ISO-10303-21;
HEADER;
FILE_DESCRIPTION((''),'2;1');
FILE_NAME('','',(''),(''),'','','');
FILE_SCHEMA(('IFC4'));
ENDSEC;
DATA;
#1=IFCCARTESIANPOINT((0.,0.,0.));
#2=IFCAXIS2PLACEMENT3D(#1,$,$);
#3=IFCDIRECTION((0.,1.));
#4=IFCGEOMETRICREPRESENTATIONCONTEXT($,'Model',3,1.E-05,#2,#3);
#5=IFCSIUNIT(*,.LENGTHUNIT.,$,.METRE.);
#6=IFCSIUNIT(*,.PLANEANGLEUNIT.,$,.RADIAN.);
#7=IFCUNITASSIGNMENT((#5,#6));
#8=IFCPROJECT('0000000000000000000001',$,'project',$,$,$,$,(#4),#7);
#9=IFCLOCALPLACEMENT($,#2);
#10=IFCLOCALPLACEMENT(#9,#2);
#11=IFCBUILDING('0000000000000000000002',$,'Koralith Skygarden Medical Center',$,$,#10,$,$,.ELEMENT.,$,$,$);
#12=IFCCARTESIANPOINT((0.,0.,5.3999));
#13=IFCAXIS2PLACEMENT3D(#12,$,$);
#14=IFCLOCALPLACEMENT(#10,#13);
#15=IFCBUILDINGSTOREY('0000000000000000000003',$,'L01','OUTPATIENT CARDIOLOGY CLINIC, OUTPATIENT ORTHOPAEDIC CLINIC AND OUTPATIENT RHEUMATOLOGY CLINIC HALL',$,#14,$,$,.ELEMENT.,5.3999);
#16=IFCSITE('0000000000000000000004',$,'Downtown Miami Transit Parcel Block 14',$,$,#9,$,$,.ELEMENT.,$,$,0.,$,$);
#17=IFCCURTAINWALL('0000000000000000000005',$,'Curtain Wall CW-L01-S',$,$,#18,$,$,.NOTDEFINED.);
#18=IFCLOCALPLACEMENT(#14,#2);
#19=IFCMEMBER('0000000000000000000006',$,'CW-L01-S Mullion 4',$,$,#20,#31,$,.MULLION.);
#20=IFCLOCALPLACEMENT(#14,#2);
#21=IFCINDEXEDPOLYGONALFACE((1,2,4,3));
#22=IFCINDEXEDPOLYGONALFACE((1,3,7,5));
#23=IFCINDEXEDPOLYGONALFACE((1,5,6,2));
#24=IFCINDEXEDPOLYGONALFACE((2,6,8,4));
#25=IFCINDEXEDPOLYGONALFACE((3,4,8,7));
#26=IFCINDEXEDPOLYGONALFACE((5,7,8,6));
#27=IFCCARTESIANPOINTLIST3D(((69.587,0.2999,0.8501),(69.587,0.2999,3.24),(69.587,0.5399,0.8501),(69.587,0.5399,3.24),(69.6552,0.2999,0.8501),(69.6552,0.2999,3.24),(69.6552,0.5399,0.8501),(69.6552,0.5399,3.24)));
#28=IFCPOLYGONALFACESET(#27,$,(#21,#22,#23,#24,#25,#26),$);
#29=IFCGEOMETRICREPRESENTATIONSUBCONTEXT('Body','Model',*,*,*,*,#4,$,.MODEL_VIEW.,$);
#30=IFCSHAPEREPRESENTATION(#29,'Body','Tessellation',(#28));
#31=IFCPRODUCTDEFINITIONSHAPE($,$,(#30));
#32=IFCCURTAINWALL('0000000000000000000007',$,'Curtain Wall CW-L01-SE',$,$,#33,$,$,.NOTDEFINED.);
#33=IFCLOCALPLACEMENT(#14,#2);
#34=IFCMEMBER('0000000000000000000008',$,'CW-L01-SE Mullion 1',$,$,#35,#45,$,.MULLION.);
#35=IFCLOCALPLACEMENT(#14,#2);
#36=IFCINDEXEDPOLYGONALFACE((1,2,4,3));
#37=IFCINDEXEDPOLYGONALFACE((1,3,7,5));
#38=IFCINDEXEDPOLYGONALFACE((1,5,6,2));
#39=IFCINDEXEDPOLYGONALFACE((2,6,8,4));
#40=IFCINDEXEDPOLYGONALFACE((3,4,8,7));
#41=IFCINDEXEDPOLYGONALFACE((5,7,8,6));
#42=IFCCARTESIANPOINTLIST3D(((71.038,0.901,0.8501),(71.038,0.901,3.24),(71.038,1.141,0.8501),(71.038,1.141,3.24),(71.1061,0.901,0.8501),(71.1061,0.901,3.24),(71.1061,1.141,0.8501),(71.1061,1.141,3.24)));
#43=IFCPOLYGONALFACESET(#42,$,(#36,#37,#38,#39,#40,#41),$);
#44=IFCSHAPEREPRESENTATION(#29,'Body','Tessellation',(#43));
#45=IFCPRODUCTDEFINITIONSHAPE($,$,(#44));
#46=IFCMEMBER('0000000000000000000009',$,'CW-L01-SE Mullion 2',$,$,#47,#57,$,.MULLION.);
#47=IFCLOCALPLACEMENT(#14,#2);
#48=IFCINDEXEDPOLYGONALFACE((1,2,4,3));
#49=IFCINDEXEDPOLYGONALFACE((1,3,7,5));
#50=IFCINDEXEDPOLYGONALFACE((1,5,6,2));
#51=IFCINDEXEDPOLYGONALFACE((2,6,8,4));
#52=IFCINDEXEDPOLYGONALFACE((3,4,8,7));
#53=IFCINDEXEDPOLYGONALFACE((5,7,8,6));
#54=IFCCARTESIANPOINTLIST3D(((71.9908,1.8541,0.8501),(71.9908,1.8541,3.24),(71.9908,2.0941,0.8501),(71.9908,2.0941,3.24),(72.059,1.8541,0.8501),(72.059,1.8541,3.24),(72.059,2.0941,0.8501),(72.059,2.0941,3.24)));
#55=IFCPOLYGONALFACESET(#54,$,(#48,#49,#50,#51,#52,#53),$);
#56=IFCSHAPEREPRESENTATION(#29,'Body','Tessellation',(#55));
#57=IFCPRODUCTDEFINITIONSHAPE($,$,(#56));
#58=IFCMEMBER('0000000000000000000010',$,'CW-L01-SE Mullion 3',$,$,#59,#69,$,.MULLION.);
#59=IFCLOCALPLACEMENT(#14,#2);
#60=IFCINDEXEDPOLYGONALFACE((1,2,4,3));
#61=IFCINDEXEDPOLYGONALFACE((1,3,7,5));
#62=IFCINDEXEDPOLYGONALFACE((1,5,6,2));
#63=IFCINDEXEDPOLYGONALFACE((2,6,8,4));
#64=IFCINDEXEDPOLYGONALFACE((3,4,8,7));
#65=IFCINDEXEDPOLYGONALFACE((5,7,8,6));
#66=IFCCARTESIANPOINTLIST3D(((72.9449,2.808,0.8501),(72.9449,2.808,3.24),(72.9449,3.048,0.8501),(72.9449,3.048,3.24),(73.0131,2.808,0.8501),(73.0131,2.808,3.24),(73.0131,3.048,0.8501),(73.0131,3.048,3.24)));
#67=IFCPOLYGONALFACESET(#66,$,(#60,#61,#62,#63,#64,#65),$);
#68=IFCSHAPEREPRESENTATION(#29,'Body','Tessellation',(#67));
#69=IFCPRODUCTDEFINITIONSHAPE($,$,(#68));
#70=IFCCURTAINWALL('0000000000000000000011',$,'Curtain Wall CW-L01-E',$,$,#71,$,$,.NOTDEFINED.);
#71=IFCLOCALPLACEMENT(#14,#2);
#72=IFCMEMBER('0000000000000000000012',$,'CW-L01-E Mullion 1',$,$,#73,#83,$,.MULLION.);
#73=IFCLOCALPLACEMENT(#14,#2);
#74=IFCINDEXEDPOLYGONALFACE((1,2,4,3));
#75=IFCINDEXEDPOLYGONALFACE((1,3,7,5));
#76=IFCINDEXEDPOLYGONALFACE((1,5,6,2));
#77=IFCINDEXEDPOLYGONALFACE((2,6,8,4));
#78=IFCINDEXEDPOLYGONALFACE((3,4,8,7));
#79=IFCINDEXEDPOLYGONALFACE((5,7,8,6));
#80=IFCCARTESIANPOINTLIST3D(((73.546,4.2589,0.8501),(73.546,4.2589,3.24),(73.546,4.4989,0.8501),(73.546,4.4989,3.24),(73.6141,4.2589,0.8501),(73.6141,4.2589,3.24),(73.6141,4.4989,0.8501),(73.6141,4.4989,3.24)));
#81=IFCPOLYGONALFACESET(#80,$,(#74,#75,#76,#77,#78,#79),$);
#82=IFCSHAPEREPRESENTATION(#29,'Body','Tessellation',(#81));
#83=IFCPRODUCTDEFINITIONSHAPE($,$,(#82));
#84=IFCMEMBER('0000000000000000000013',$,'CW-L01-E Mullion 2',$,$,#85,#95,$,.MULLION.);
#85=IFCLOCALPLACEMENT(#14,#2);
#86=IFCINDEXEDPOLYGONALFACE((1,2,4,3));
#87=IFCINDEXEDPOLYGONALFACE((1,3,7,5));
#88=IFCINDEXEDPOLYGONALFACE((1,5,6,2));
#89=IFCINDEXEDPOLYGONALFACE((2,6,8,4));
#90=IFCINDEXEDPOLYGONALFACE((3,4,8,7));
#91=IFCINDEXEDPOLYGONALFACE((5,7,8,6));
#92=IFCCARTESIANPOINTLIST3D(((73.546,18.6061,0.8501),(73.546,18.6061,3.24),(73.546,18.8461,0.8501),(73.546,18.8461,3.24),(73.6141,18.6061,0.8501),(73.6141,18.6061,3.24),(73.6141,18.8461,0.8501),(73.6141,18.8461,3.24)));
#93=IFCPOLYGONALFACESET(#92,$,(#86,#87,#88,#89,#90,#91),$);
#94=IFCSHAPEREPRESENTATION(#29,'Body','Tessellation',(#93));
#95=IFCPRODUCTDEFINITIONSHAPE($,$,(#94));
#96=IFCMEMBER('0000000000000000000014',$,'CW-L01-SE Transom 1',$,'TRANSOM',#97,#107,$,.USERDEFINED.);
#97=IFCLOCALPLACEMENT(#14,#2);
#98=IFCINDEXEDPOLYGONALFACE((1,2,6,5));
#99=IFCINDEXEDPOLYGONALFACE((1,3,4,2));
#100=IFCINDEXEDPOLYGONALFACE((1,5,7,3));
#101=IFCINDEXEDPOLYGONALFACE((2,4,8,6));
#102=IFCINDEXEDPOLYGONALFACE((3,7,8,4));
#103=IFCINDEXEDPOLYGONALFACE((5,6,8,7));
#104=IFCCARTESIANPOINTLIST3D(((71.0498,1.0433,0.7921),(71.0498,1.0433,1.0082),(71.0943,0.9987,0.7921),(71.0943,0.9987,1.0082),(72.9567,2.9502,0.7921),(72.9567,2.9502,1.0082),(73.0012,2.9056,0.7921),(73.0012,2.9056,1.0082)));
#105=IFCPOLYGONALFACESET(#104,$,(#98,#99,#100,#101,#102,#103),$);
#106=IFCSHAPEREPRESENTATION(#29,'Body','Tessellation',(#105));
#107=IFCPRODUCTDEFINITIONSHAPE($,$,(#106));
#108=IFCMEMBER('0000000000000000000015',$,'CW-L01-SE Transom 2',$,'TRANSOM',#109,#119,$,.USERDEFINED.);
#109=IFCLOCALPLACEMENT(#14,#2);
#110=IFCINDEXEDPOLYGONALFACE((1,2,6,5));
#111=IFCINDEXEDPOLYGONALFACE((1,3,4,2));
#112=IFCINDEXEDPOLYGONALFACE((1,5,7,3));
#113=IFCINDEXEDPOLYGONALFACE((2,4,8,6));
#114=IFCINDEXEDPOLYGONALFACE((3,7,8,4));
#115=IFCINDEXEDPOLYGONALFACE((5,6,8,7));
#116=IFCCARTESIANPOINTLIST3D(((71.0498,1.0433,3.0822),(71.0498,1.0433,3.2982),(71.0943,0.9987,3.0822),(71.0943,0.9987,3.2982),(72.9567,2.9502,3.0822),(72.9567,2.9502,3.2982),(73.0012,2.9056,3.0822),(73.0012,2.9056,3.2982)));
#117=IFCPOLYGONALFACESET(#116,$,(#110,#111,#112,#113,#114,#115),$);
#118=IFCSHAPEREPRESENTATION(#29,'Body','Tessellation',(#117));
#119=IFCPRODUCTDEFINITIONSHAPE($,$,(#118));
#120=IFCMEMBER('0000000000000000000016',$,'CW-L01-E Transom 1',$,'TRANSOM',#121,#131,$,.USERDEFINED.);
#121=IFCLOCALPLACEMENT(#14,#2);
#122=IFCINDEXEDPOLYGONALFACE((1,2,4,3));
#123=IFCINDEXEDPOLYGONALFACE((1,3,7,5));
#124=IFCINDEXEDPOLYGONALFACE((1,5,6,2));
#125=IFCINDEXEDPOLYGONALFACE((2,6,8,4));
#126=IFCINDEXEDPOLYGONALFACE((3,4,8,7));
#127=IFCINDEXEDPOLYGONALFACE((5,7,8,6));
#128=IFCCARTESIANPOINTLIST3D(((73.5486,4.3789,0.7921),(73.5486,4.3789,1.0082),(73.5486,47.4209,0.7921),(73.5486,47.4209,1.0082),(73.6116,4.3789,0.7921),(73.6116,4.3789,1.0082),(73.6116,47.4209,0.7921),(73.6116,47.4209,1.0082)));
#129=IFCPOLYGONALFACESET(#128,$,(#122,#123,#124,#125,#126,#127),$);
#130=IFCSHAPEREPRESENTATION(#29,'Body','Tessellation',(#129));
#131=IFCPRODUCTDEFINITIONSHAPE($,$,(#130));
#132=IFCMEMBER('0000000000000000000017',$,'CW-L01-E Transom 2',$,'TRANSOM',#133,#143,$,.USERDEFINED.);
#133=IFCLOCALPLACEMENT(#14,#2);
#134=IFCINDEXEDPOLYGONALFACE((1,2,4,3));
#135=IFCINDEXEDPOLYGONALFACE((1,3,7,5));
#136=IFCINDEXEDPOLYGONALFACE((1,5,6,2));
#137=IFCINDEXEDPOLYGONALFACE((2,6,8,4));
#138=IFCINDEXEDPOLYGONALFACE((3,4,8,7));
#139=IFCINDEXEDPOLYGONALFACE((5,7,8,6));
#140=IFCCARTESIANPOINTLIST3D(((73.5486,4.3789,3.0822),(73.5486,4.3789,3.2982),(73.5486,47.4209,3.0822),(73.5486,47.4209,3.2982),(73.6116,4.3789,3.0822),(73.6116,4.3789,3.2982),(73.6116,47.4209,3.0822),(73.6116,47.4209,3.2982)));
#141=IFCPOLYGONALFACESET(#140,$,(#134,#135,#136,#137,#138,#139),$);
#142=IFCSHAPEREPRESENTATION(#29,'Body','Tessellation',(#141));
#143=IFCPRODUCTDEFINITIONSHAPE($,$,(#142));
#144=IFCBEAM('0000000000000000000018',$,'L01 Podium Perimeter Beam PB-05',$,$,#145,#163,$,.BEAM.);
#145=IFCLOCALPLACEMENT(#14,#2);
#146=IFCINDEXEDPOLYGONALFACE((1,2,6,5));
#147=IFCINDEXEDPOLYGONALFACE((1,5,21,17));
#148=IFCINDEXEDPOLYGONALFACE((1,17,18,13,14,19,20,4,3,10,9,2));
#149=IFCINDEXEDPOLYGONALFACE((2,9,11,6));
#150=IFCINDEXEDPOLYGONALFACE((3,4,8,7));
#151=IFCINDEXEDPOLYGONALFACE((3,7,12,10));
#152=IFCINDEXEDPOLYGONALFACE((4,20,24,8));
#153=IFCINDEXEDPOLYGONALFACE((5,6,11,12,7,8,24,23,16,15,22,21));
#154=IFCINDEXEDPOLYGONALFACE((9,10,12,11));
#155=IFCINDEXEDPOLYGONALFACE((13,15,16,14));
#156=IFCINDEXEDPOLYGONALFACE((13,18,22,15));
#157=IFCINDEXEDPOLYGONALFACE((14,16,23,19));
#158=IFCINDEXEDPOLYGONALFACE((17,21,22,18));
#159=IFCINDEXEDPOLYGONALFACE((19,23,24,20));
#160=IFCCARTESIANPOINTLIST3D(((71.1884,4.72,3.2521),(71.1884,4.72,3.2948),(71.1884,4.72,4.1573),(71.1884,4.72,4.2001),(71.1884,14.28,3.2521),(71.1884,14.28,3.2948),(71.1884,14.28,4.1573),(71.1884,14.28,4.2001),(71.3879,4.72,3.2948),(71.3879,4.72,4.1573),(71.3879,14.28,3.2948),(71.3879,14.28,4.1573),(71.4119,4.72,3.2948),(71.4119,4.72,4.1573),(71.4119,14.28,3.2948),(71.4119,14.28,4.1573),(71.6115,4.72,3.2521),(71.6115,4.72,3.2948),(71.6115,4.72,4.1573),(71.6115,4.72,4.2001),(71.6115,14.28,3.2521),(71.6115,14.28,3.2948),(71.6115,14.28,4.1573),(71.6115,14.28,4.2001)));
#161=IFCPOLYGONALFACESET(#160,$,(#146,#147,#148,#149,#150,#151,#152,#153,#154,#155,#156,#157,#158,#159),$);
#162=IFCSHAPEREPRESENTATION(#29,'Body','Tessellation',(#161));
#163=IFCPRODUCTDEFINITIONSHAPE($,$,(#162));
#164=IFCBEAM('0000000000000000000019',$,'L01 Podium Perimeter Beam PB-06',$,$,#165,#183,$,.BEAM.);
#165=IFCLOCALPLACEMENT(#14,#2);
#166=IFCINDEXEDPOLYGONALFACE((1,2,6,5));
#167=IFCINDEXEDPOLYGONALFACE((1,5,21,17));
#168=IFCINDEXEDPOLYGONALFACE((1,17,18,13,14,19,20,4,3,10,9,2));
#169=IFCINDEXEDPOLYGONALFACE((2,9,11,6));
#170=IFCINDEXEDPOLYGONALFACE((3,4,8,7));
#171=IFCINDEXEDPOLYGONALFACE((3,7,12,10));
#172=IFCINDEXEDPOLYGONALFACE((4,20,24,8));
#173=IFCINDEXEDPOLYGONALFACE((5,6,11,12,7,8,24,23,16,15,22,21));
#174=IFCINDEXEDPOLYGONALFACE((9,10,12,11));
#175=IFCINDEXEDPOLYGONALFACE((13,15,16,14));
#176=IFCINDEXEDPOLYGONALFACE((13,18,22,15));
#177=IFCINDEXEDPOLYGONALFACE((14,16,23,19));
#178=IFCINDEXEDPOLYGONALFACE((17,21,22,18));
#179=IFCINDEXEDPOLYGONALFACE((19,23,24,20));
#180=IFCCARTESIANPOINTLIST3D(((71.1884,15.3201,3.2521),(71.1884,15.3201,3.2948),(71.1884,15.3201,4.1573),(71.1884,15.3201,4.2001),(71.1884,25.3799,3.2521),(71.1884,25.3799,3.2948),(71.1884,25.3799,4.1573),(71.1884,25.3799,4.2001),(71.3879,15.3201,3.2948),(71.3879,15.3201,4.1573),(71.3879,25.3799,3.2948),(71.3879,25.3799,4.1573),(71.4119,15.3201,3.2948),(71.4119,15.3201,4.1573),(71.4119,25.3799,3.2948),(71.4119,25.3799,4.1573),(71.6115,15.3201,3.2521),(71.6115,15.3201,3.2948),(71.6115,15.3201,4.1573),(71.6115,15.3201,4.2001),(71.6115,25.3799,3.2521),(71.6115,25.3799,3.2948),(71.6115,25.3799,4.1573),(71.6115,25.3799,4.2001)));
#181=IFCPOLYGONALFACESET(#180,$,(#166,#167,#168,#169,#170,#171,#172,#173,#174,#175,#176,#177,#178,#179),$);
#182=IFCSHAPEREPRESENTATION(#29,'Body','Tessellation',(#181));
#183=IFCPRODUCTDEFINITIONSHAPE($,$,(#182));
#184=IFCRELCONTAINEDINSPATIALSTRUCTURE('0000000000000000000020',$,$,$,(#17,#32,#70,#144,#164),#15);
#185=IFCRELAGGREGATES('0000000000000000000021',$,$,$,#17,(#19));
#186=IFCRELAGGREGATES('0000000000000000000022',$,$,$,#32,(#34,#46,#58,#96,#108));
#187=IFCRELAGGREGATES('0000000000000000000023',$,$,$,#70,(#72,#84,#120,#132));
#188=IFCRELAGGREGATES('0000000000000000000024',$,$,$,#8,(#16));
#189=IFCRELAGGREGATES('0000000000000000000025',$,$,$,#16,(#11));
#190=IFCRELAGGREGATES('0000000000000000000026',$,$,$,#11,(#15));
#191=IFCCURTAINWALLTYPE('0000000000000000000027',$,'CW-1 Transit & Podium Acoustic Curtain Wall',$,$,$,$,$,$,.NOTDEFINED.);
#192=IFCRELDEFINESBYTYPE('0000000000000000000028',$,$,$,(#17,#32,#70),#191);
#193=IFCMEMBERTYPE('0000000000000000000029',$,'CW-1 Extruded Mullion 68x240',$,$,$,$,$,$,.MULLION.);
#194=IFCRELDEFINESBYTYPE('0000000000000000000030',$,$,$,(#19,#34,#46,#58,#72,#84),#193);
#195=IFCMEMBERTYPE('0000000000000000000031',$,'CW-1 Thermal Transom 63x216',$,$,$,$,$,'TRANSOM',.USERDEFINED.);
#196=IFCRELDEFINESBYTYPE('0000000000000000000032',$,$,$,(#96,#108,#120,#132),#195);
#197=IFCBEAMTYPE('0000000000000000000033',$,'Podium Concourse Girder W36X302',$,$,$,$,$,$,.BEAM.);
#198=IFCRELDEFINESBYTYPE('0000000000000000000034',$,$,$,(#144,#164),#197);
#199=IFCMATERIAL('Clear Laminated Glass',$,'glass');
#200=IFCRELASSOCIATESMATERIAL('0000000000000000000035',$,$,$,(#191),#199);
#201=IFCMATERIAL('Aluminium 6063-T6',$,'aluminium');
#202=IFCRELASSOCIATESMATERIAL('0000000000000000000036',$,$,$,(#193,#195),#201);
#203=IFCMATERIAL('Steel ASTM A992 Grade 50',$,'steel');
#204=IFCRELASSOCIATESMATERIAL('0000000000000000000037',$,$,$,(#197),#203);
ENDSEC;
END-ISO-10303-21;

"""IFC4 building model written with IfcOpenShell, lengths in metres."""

from ifc_helpers import new_model, si_unit, direction, frame, origin, origin_2d, place, context, subcontext, project, spatial, rectangle, i_section, extrude, material, material_profile, profile_set, type_object, element, aggregate, save


model = new_model("IFC4")

# Units and contexts
model_context = context("Model", 3, precision=1e-05, world=origin(), true_north=direction((0.0, 1.0)))
body_context = subcontext(model_context, "Body", "Model", "MODEL_VIEW")
ifc_project = project(units=[si_unit("LENGTHUNIT", "METRE"), si_unit("PLANEANGLEUNIT", "RADIAN")], contexts=[model_context])

# Site, building, storey
site_placement = place(None, origin())
site = spatial("IfcSite", under=ifc_project, at=site_placement, Name="Downtown Miami Transit Parcel Block 14", CompositionType="ELEMENT", RefElevation=0.0)
building_placement = place(site_placement, origin())
building = spatial("IfcBuilding", under=site, at=building_placement, Name="Koralith Skygarden Medical Center", CompositionType="ELEMENT")
storey_placement = place(building_placement, frame((0.0, 0.0, 5.3999)))
storey = spatial("IfcBuildingStorey", under=building, at=storey_placement, Name="L01", Description="OUTPATIENT CARDIOLOGY CLINIC, OUTPATIENT ORTHOPAEDIC CLINIC AND OUTPATIENT RHEUMATOLOGY CLINIC HALL", CompositionType="ELEMENT", Elevation=5.3999)

# Curtain wall, member
ifc_material_1 = material(Name="Clear Laminated Glass", Category="glass")
curtain_wall_type = type_object("IfcCurtainWallType", Name="CW-1 Transit & Podium Acoustic Curtain Wall", PredefinedType="NOTDEFINED", material=ifc_material_1)
curtain_wall_1_placement = place(storey_placement, origin())
curtain_wall_1 = element("IfcCurtainWall", 1, at=curtain_wall_1_placement, inside=storey, type_object=curtain_wall_type, Name="Curtain Wall CW-L01-S", PredefinedType="NOTDEFINED")
ifc_material_2 = material(Name="Aluminium 6063-T6", Category="aluminium")
ifc_material_profile_1 = material_profile(ifc_material_2, rectangle(XDim=0.0681, YDim=0.24, at=origin_2d()), Name="MUL68X240")
ifc_profile_set_1 = profile_set([ifc_material_profile_1], Name="Aluminium 6063-T6")
member_type_1 = type_object("IfcMemberType", Name="CW-1 Extruded Mullion 68x240", PredefinedType="MULLION", material=ifc_profile_set_1)
member_1_placement = place(storey_placement, frame((69.6211, 0.4199, 0.8501), z_axis=(0.0, 0.0, 1.0), x_axis=(1.0, 0.0, 0.0)))
member_1 = element("IfcMember", 2, at=member_1_placement, type_object=member_type_1, Name="CW-L01-S Mullion 4", PredefinedType="MULLION", context=body_context, shape_type="SweptSolid", body=[
    extrude(rectangle(XDim=0.0681, YDim=0.24, at=origin_2d()), origin(), (0.0, 0.0, 1.0), 2.3899),
])

# Curtain walls, members
curtain_wall_2_placement = place(storey_placement, origin())
curtain_wall_2 = element("IfcCurtainWall", 3, at=curtain_wall_2_placement, inside=storey, type_object=curtain_wall_type, Name="Curtain Wall CW-L01-SE", PredefinedType="NOTDEFINED")
member_2_placement = place(storey_placement, frame((71.072, 1.021, 0.8501), z_axis=(0.0, 0.0, 1.0), x_axis=(1.0, 0.0, 0.0)))
member_2 = element("IfcMember", 4, at=member_2_placement, type_object=member_type_1, Name="CW-L01-SE Mullion 1", PredefinedType="MULLION", context=body_context, shape_type="SweptSolid", body=[
    extrude(rectangle(XDim=0.0681, YDim=0.24, at=origin_2d()), origin(), (0.0, 0.0, 1.0), 2.3899),
])
member_3_placement = place(storey_placement, frame((72.0249, 1.9741, 0.8501), z_axis=(0.0, 0.0, 1.0), x_axis=(1.0, 0.0, 0.0)))
member_3 = element("IfcMember", 5, at=member_3_placement, type_object=member_type_1, Name="CW-L01-SE Mullion 2", PredefinedType="MULLION", context=body_context, shape_type="SweptSolid", body=[
    extrude(rectangle(XDim=0.0681, YDim=0.24, at=origin_2d()), origin(), (0.0, 0.0, 1.0), 2.3899),
])
member_4_placement = place(storey_placement, frame((72.979, 2.928, 0.8501), z_axis=(0.0, 0.0, 1.0), x_axis=(1.0, 0.0, 0.0)))
member_4 = element("IfcMember", 6, at=member_4_placement, type_object=member_type_1, Name="CW-L01-SE Mullion 3", PredefinedType="MULLION", context=body_context, shape_type="SweptSolid", body=[
    extrude(rectangle(XDim=0.0681, YDim=0.24, at=origin_2d()), origin(), (0.0, 0.0, 1.0), 2.3899),
])
curtain_wall_3_placement = place(storey_placement, origin())
curtain_wall_3 = element("IfcCurtainWall", 7, at=curtain_wall_3_placement, inside=storey, type_object=curtain_wall_type, Name="Curtain Wall CW-L01-E", PredefinedType="NOTDEFINED")
member_5_placement = place(storey_placement, frame((73.5801, 4.3789, 0.8501), z_axis=(0.0, 0.0, 1.0), x_axis=(1.0, 0.0, 0.0)))
member_5 = element("IfcMember", 8, at=member_5_placement, type_object=member_type_1, Name="CW-L01-E Mullion 1", PredefinedType="MULLION", context=body_context, shape_type="SweptSolid", body=[
    extrude(rectangle(XDim=0.0681, YDim=0.24, at=origin_2d()), origin(), (0.0, 0.0, 1.0), 2.3899),
])
member_6_placement = place(storey_placement, frame((73.5801, 18.7261, 0.8501), z_axis=(0.0, 0.0, 1.0), x_axis=(1.0, 0.0, 0.0)))
member_6 = element("IfcMember", 9, at=member_6_placement, type_object=member_type_1, Name="CW-L01-E Mullion 2", PredefinedType="MULLION", context=body_context, shape_type="SweptSolid", body=[
    extrude(rectangle(XDim=0.0681, YDim=0.24, at=origin_2d()), origin(), (0.0, 0.0, 1.0), 2.3899),
])

# Members
ifc_material_profile_2 = material_profile(ifc_material_2, rectangle(XDim=0.063, YDim=0.2161, at=origin_2d()), Name="TRN63X216")
ifc_profile_set_2 = profile_set([ifc_material_profile_2], Name="Aluminium 6063-T6")
member_type_2 = type_object("IfcMemberType", Name="CW-1 Thermal Transom 63x216", ElementType="TRANSOM", PredefinedType="USERDEFINED", material=ifc_profile_set_2)
member_7_placement = place(storey_placement, frame((71.072, 1.021, 0.9001), z_axis=(0.707107, 0.707107, 0.0), x_axis=(-0.707107, 0.707107, 0.0)))
member_7 = element("IfcMember", 10, at=member_7_placement, type_object=member_type_2, Name="CW-L01-SE Transom 1", ObjectType="TRANSOM", PredefinedType="USERDEFINED", context=body_context, shape_type="SweptSolid", body=[
    extrude(rectangle(XDim=0.063, YDim=0.2161, at=origin_2d()), origin(), (0.0, 0.0, 1.0), 2.6968),
])
member_8_placement = place(storey_placement, frame((71.072, 1.021, 3.1902), z_axis=(0.707107, 0.707107, 0.0), x_axis=(-0.707107, 0.707107, 0.0)))
member_8 = element("IfcMember", 11, at=member_8_placement, type_object=member_type_2, Name="CW-L01-SE Transom 2", ObjectType="TRANSOM", PredefinedType="USERDEFINED", context=body_context, shape_type="SweptSolid", body=[
    extrude(rectangle(XDim=0.063, YDim=0.2161, at=origin_2d()), origin(), (0.0, 0.0, 1.0), 2.6968),
])
member_9_placement = place(storey_placement, frame((73.5801, 4.3789, 0.9001), z_axis=(0.0, 1.0, 0.0), x_axis=(-1.0, 0.0, 0.0)))
member_9 = element("IfcMember", 12, at=member_9_placement, type_object=member_type_2, Name="CW-L01-E Transom 1", ObjectType="TRANSOM", PredefinedType="USERDEFINED", context=body_context, shape_type="SweptSolid", body=[
    extrude(rectangle(XDim=0.063, YDim=0.2161, at=origin_2d()), origin(), (0.0, 0.0, 1.0), 43.042),
])
member_10_placement = place(storey_placement, frame((73.5801, 4.3789, 3.1902), z_axis=(0.0, 1.0, 0.0), x_axis=(-1.0, 0.0, 0.0)))
member_10 = element("IfcMember", 13, at=member_10_placement, type_object=member_type_2, Name="CW-L01-E Transom 2", ObjectType="TRANSOM", PredefinedType="USERDEFINED", context=body_context, shape_type="SweptSolid", body=[
    extrude(rectangle(XDim=0.063, YDim=0.2161, at=origin_2d()), origin(), (0.0, 0.0, 1.0), 43.042),
])

# Beams
ifc_material_3 = material(Name="Steel ASTM A992 Grade 50", Category="steel")
ifc_material_profile_3 = material_profile(ifc_material_3, i_section(OverallWidth=0.4231, OverallDepth=0.948, WebThickness=0.0239, FlangeThickness=0.0427, at=origin_2d()), Name="W36X302")
ifc_profile_set_3 = profile_set([ifc_material_profile_3], Name="Steel ASTM A992 Grade 50")
beam_type_1 = type_object("IfcBeamType", Name="Podium Concourse Girder W36X302", PredefinedType="BEAM", material=ifc_profile_set_3)
beam_1_placement = place(storey_placement, frame((71.3999, 4.72, 3.7261), z_axis=(0.0, 1.0, 0.0), x_axis=(-1.0, 0.0, 0.0)))
element("IfcBeam", 14, at=beam_1_placement, inside=storey, type_object=beam_type_1, Name="L01 Podium Perimeter Beam PB-05", PredefinedType="BEAM", context=body_context, shape_type="SweptSolid", body=[
    extrude(i_section(OverallWidth=0.4231, OverallDepth=0.948, WebThickness=0.0239, FlangeThickness=0.0427, at=origin_2d()), origin(), (0.0, 0.0, 1.0), 9.5601),
])
beam_2_placement = place(storey_placement, frame((71.3999, 15.3201, 3.7261), z_axis=(0.0, 1.0, 0.0), x_axis=(-1.0, 0.0, 0.0)))
element("IfcBeam", 15, at=beam_2_placement, inside=storey, type_object=beam_type_1, Name="L01 Podium Perimeter Beam PB-06", PredefinedType="BEAM", context=body_context, shape_type="SweptSolid", body=[
    extrude(i_section(OverallWidth=0.4231, OverallDepth=0.948, WebThickness=0.0239, FlangeThickness=0.0427, at=origin_2d()), origin(), (0.0, 0.0, 1.0), 10.0598),
])

aggregate(curtain_wall_1, [member_1])
aggregate(curtain_wall_2, [member_2, member_3, member_4, member_7, member_8])
aggregate(curtain_wall_3, [member_5, member_6, member_9, member_10])

save(model, "model.ifc")
